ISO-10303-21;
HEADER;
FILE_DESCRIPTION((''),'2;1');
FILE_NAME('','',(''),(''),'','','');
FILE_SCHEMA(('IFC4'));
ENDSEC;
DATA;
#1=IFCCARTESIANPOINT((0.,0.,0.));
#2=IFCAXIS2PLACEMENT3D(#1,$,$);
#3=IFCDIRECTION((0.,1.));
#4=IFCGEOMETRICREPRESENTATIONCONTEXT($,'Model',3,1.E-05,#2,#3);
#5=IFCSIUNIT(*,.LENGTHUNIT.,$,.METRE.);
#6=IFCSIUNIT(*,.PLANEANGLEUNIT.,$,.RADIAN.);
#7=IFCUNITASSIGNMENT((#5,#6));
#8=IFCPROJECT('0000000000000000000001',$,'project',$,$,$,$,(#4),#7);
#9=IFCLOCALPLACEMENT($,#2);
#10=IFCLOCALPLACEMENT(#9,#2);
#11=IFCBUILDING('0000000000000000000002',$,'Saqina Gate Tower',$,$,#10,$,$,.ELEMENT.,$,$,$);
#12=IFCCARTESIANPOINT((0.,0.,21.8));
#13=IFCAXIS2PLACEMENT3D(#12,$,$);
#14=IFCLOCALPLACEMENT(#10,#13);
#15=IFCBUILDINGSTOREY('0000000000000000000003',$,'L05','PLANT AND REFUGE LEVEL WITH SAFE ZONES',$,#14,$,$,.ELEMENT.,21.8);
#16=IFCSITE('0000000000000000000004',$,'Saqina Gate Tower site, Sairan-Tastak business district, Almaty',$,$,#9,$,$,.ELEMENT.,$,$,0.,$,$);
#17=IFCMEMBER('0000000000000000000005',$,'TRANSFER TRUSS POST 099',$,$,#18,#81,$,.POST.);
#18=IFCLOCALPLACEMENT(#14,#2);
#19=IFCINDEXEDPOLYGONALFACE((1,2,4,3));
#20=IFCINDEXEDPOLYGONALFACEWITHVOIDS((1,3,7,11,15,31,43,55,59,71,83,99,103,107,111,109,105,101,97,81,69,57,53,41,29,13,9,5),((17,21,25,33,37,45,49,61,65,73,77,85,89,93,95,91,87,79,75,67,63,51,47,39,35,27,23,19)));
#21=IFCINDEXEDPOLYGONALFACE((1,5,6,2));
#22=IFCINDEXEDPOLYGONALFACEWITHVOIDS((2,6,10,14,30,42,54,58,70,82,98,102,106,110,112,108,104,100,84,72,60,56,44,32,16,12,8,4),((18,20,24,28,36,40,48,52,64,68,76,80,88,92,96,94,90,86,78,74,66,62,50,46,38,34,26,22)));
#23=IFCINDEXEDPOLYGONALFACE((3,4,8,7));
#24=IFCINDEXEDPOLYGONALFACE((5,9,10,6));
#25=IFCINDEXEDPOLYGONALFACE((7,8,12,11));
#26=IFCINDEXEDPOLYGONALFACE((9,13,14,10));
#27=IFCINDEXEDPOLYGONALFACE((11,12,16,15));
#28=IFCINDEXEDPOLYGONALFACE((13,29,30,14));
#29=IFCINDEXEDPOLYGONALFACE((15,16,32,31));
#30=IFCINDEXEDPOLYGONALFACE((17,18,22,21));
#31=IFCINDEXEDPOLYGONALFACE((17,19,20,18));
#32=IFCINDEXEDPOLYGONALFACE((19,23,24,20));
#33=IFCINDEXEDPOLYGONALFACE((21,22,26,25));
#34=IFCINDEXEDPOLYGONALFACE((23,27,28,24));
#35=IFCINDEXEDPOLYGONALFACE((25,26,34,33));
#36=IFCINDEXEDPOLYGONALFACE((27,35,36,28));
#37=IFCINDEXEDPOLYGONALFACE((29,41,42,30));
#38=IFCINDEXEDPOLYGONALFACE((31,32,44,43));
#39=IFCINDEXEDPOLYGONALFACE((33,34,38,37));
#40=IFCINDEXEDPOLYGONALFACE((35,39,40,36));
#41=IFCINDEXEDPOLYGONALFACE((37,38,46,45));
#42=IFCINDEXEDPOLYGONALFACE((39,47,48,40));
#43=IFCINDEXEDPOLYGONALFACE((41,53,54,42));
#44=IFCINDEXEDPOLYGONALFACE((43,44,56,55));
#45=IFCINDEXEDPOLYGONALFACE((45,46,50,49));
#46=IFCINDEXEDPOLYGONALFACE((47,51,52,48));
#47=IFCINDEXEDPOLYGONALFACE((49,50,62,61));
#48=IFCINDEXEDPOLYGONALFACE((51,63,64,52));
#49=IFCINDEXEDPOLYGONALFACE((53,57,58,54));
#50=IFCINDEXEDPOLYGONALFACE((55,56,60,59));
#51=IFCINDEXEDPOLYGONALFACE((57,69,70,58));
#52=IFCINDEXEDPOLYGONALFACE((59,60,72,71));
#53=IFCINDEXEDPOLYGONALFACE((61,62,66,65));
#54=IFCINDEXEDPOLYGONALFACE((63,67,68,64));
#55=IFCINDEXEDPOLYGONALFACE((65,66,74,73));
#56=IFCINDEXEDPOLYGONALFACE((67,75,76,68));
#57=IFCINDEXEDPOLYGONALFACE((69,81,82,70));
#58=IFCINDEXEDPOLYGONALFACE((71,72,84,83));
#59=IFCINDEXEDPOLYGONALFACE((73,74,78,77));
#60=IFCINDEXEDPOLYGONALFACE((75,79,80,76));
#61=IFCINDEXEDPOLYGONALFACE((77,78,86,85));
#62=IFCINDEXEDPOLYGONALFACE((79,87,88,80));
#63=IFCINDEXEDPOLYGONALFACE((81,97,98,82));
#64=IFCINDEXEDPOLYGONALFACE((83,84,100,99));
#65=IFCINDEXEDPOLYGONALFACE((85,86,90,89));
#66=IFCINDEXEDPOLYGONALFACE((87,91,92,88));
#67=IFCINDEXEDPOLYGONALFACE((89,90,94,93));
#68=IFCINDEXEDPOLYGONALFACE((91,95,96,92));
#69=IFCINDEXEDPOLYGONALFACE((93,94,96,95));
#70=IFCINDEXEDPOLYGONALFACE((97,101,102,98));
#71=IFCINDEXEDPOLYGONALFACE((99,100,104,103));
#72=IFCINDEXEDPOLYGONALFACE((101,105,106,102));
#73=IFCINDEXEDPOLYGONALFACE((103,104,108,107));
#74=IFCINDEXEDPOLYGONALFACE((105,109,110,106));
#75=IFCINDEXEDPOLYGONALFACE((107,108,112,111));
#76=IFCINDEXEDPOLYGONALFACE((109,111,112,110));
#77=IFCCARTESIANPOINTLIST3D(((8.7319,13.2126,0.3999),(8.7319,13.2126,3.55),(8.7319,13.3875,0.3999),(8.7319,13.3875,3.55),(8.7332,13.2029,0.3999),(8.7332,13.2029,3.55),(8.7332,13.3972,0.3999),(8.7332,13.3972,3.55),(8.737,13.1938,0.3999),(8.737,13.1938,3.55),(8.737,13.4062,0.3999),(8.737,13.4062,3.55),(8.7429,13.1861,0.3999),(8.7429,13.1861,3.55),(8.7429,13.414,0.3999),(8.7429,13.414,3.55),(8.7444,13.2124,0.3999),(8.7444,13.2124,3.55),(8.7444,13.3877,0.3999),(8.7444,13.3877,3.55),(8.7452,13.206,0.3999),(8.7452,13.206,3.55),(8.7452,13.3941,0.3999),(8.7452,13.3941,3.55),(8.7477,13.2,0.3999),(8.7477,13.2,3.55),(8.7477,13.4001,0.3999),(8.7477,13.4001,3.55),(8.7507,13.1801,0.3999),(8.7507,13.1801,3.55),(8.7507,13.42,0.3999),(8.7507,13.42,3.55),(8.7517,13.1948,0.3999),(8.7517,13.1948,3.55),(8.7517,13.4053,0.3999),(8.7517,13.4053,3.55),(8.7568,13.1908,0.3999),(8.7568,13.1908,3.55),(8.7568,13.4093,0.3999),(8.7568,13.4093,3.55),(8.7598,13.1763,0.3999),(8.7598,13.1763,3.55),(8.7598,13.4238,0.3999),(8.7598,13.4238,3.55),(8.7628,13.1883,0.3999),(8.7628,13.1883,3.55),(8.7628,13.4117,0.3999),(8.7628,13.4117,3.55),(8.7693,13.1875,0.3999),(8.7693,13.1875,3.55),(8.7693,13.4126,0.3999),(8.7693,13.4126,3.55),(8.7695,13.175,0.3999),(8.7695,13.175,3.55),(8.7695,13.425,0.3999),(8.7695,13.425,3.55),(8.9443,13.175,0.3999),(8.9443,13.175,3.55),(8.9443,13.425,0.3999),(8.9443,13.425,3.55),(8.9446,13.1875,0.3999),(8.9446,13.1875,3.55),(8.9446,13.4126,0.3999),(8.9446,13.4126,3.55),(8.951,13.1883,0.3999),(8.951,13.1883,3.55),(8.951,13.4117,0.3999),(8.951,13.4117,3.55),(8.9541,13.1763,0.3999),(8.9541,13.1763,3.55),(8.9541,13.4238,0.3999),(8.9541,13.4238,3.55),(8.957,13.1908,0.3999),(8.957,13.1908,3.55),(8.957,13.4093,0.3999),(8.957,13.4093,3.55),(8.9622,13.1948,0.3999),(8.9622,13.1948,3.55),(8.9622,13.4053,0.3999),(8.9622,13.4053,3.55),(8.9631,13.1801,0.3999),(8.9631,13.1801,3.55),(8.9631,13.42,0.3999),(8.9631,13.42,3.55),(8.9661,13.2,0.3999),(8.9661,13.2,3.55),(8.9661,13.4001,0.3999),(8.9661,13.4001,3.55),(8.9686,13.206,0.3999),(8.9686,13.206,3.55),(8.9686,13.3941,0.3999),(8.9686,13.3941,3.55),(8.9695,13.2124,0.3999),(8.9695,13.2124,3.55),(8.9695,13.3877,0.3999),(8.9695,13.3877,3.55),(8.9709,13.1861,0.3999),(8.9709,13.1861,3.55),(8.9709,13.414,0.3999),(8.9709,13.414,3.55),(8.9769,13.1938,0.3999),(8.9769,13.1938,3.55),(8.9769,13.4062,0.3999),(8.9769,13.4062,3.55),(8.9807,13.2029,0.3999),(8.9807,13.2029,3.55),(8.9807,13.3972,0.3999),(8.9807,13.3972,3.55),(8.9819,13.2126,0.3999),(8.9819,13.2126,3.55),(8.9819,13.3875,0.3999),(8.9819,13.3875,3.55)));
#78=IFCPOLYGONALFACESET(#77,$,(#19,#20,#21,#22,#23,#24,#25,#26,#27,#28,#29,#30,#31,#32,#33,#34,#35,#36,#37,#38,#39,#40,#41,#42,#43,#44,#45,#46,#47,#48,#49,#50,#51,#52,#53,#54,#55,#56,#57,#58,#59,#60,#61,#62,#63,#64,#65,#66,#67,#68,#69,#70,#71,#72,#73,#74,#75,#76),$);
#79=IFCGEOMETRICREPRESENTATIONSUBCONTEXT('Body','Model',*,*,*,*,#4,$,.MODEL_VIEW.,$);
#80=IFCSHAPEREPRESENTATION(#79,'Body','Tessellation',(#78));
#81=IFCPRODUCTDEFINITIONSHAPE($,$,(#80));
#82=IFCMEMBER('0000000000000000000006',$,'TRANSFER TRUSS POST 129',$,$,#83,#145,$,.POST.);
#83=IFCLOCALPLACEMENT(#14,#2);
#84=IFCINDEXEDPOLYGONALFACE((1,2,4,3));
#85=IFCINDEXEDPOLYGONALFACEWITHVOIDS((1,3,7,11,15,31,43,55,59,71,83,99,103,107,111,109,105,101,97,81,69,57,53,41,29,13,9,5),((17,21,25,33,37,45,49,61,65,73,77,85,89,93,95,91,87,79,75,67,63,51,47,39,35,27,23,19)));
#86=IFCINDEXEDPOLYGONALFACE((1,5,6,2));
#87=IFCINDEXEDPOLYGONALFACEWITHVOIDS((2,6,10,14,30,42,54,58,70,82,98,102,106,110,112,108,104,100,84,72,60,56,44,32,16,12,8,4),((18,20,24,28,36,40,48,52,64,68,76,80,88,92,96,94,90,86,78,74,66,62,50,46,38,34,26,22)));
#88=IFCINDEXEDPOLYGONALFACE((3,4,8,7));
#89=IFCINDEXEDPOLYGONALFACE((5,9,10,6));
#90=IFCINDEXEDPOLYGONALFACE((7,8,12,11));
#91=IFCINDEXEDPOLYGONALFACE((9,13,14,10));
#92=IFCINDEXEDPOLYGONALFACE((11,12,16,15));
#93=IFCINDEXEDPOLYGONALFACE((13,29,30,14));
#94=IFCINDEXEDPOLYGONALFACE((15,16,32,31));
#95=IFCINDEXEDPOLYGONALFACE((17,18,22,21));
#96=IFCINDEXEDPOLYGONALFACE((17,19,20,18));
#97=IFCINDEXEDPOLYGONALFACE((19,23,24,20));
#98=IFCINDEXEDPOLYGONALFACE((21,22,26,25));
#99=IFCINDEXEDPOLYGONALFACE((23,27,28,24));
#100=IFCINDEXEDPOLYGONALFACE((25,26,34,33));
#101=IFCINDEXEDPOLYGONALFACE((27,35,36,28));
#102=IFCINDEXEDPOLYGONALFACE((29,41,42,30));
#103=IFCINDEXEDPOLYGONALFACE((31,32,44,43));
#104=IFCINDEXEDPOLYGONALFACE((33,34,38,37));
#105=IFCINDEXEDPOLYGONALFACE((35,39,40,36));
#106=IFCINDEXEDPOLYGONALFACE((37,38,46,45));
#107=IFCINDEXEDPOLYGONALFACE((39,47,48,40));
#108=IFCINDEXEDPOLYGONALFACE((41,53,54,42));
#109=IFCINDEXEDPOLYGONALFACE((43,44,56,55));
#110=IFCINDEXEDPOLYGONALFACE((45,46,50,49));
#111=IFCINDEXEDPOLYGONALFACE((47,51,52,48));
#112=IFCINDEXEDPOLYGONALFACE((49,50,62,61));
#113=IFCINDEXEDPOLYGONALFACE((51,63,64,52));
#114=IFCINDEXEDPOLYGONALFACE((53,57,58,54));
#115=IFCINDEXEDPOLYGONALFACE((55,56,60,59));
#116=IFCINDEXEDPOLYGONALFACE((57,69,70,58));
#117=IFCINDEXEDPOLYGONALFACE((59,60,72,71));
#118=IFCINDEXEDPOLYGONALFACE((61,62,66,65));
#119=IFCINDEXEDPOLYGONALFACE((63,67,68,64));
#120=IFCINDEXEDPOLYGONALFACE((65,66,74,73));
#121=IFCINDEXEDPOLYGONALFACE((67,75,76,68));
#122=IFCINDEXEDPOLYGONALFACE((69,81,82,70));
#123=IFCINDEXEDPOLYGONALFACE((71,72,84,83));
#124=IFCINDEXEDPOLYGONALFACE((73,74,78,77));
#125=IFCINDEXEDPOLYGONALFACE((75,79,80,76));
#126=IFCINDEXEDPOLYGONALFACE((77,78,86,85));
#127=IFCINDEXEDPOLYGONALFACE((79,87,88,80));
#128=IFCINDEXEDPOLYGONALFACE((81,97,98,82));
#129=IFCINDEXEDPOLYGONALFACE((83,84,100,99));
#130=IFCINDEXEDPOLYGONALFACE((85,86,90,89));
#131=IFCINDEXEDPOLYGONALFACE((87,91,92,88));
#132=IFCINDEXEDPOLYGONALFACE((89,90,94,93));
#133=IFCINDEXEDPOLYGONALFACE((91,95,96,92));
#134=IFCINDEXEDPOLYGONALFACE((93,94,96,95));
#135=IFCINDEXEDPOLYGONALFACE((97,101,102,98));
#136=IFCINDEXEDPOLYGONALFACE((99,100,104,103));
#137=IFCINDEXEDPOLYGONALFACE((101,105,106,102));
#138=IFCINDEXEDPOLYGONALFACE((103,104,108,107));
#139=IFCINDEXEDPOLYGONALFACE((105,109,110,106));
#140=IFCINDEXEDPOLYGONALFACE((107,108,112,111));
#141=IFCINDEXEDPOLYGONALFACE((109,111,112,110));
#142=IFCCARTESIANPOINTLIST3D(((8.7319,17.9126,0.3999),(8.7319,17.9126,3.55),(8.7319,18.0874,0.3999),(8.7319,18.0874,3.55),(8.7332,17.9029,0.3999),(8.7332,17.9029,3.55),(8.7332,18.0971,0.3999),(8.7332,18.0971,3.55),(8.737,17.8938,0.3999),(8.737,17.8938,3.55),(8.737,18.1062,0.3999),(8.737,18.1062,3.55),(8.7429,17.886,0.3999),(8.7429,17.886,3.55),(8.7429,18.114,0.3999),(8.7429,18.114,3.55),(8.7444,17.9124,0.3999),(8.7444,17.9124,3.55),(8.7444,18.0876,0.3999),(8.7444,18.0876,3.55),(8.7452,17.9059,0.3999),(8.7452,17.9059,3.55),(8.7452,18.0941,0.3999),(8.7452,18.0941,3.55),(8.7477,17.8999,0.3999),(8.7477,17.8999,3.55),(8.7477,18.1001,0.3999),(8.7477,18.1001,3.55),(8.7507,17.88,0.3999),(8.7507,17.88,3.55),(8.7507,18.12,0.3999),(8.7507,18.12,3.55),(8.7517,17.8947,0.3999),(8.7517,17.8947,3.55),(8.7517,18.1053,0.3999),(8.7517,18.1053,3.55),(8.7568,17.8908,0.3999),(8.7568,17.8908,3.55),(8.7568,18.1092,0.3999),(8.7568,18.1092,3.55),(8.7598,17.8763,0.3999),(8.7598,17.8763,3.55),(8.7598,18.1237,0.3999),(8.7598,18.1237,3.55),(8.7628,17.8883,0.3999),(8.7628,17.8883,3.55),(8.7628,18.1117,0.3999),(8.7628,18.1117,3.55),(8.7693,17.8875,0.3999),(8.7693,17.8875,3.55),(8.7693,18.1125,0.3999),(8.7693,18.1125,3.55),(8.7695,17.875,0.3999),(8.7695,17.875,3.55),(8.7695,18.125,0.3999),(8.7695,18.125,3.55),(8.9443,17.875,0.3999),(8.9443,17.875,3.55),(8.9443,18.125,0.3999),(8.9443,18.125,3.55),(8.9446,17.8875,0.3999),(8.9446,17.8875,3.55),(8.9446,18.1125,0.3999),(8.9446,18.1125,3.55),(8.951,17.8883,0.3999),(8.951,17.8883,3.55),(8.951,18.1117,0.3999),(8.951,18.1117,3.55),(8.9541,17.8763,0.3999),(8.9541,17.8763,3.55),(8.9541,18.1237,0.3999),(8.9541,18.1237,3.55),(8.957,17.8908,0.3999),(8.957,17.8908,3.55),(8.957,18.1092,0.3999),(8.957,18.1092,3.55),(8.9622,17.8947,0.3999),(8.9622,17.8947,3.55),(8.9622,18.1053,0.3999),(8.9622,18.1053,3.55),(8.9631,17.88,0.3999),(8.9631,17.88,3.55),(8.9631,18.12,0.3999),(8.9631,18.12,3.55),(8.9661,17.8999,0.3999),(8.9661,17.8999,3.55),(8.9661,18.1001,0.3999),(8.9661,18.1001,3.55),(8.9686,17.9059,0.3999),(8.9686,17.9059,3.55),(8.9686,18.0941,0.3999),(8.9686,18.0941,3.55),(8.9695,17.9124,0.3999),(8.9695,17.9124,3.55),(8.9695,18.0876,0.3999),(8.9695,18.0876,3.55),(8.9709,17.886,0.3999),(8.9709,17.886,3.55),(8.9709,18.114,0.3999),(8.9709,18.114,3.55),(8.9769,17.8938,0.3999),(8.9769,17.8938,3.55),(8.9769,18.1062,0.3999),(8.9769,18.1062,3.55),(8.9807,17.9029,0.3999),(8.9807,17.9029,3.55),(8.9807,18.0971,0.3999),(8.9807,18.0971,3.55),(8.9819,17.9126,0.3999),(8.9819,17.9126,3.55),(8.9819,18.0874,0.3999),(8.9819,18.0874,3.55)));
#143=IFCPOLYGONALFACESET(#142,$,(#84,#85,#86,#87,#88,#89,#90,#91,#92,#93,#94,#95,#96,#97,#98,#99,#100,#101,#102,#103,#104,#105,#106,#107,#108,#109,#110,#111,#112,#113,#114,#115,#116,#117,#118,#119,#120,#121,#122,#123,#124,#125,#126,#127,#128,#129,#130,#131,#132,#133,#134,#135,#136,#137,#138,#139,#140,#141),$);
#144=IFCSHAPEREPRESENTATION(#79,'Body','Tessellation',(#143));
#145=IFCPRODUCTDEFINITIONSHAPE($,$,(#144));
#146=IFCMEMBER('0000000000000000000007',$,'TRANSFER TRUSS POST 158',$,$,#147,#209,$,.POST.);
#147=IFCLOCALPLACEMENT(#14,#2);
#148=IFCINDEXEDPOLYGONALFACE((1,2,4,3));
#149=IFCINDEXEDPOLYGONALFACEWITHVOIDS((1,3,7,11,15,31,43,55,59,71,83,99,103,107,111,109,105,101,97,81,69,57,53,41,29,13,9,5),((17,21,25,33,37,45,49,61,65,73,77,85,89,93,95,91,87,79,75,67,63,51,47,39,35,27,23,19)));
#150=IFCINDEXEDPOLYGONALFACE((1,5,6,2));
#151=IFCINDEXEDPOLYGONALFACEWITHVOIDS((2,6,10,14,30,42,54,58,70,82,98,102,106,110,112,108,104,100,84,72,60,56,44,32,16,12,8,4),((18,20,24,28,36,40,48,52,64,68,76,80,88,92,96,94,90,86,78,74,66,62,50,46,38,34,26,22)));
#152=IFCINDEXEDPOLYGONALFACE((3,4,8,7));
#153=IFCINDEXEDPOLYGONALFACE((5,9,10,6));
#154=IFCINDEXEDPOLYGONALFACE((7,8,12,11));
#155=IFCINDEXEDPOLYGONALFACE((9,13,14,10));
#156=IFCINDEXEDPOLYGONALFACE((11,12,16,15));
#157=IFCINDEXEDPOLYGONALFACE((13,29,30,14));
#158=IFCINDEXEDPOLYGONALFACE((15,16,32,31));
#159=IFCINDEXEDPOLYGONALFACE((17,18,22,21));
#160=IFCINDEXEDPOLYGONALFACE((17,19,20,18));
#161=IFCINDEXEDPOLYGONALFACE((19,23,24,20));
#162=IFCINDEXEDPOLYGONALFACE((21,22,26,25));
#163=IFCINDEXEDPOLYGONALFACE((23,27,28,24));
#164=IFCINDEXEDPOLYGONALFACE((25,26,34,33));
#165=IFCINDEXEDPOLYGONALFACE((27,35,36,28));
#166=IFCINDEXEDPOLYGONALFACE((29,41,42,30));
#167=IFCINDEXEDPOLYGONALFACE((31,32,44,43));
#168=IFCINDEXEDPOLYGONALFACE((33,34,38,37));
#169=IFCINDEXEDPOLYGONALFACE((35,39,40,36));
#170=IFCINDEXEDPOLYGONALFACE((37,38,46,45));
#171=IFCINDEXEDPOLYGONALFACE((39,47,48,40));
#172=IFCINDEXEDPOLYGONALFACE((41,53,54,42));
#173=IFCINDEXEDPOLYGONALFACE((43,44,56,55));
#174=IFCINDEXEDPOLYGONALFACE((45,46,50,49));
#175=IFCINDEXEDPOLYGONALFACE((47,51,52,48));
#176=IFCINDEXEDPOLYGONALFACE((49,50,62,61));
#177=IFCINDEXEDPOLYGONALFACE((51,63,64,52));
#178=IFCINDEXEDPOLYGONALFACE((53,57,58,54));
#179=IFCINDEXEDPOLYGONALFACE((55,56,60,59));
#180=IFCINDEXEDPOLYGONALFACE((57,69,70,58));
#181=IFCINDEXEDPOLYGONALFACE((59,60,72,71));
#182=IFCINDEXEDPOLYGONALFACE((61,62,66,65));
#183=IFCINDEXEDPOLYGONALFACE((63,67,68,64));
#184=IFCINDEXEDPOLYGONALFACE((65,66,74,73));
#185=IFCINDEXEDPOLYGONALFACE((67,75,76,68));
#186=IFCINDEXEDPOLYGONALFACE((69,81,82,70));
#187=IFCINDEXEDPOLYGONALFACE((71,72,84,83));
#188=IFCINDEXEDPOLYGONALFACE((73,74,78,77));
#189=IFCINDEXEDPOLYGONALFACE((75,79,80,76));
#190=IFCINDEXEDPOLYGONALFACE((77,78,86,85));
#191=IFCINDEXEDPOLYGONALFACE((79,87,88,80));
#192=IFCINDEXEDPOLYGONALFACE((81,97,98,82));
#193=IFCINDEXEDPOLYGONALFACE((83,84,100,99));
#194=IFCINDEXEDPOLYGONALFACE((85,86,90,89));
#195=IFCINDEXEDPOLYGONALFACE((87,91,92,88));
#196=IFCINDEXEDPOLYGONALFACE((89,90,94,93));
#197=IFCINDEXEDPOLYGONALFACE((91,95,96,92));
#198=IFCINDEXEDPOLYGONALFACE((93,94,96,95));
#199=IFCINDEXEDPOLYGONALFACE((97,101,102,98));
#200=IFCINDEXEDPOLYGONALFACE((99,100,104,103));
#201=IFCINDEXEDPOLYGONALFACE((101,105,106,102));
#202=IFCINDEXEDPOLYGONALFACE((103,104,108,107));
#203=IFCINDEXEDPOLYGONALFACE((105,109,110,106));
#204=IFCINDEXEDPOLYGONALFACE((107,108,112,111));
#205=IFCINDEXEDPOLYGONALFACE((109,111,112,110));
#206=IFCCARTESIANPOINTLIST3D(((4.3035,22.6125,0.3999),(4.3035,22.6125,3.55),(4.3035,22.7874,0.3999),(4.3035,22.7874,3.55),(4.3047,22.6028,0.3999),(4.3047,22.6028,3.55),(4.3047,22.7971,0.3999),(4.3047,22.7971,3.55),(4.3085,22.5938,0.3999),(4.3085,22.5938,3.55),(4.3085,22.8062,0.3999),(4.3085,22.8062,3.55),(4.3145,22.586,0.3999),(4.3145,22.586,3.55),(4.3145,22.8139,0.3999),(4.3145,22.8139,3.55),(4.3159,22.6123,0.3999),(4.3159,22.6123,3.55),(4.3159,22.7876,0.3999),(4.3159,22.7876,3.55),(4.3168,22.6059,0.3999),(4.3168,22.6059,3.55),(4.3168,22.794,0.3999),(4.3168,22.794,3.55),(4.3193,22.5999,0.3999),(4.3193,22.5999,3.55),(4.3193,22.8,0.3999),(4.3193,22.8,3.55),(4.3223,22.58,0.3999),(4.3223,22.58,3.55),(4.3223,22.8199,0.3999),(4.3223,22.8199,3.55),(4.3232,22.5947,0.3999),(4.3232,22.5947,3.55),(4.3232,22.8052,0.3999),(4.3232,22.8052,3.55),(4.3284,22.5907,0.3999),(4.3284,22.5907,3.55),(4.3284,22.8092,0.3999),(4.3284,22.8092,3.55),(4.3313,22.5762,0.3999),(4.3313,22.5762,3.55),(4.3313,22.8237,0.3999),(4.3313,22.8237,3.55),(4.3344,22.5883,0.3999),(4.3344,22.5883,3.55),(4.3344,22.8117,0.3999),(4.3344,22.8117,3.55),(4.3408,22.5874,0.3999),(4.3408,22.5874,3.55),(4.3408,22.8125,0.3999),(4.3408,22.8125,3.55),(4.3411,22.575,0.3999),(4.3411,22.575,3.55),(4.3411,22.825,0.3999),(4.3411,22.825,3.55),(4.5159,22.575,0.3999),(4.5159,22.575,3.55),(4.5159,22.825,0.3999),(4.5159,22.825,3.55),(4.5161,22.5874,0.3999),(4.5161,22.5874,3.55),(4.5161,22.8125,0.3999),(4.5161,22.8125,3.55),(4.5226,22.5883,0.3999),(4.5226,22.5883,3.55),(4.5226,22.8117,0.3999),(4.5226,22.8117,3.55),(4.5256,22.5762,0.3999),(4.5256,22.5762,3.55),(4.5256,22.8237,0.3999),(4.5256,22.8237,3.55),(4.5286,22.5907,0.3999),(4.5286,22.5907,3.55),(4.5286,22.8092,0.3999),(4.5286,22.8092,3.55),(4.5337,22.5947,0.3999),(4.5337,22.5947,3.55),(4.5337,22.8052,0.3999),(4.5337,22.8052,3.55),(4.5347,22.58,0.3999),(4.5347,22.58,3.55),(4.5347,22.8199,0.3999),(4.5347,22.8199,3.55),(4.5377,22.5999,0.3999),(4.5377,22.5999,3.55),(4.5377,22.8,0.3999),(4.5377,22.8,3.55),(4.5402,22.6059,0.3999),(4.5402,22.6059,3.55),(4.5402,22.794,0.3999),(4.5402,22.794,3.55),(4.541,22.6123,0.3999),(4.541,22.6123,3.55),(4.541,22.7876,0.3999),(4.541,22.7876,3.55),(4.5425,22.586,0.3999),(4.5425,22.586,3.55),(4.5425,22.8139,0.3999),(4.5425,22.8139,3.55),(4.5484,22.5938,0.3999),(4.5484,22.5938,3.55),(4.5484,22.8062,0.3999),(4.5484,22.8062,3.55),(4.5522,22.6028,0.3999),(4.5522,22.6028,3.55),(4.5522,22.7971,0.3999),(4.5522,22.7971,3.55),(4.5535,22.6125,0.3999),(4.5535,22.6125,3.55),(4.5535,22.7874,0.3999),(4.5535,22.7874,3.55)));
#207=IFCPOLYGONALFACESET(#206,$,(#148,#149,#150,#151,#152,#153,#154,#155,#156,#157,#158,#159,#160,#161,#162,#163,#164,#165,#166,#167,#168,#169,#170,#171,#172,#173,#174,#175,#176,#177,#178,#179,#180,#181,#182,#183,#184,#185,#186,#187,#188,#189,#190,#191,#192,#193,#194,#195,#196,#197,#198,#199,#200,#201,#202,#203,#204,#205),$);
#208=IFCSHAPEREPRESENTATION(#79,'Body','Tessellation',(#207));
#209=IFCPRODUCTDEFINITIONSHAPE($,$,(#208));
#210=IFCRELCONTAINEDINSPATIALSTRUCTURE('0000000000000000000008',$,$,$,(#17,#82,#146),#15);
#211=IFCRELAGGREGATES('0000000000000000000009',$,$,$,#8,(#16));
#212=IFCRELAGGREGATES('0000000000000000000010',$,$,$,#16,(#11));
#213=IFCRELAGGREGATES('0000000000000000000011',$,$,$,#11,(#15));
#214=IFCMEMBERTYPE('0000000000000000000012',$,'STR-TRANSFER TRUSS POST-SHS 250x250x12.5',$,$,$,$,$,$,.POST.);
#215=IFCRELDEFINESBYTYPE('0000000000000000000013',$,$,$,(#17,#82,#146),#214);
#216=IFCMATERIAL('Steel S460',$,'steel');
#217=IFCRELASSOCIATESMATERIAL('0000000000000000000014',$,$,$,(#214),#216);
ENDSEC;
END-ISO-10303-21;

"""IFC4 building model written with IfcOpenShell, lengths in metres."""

from ifc_helpers import new_model, si_unit, direction, frame, origin, origin_2d, place, context, subcontext, project, spatial, hollow_rectangle, extrude, material, material_profile, profile_set, type_object, element, save


model = new_model("IFC4")

# Units and contexts
model_context = context("Model", 3, precision=1e-05, world=origin(), true_north=direction((0.0, 1.0)))
body_context = subcontext(model_context, "Body", "Model", "MODEL_VIEW")
ifc_project = project(units=[si_unit("LENGTHUNIT", "METRE"), si_unit("PLANEANGLEUNIT", "RADIAN")], contexts=[model_context])

# Site, building, storey
site_placement = place(None, origin())
site = spatial("IfcSite", under=ifc_project, at=site_placement, Name="Saqina Gate Tower site, Sairan-Tastak business district, Almaty", CompositionType="ELEMENT", RefElevation=0.0)
building_placement = place(site_placement, origin())
building = spatial("IfcBuilding", under=site, at=building_placement, Name="Saqina Gate Tower", CompositionType="ELEMENT")
storey_placement = place(building_placement, frame((0.0, 0.0, 21.8)))
storey = spatial("IfcBuildingStorey", under=building, at=storey_placement, Name="L05", Description="PLANT AND REFUGE LEVEL WITH SAFE ZONES", CompositionType="ELEMENT", Elevation=21.8)

# Members
ifc_material_1 = material(Name="Steel S460", Category="steel")
ifc_material_profile_1 = material_profile(ifc_material_1, hollow_rectangle(XDim=0.25, YDim=0.25, WallThickness=0.0125, InnerFilletRadius=0.0249, OuterFilletRadius=0.0376, at=origin_2d()), Name="SHS 250x250x12.5")
ifc_profile_set_1 = profile_set([ifc_material_profile_1], Name="Steel S460")
member_type_1 = type_object("IfcMemberType", Name="STR-TRANSFER TRUSS POST-SHS 250x250x12.5", PredefinedType="POST", material=ifc_profile_set_1)
for number, where, z_axis, x_axis, name in (
    (1, (8.8569, 13.3, 0.3999), (0.0, 0.0, 1.0), (1.0, 0.0, 0.0), "TRANSFER TRUSS POST 099"),
    (2, (8.8569, 18.0, 0.3999), (0.0, 0.0, 1.0), (1.0, 0.0, 0.0), "TRANSFER TRUSS POST 129"),
    (3, (4.4285, 22.7, 0.3999), (0.0, 0.0, 1.0), (1.0, 0.0, 0.0), "TRANSFER TRUSS POST 158"),
):
    element("IfcMember", number, at=place(storey_placement, frame(where, z_axis=z_axis, x_axis=x_axis)), inside=storey, type_object=member_type_1, Name=name, PredefinedType="POST", context=body_context, shape_type="SweptSolid", body=[
        extrude(hollow_rectangle(XDim=0.25, YDim=0.25, WallThickness=0.0125, InnerFilletRadius=0.0249, OuterFilletRadius=0.0376, at=origin_2d()), origin(), (0.0, 0.0, 1.0), 3.1501),
    ])

save(model, "model.ifc")
